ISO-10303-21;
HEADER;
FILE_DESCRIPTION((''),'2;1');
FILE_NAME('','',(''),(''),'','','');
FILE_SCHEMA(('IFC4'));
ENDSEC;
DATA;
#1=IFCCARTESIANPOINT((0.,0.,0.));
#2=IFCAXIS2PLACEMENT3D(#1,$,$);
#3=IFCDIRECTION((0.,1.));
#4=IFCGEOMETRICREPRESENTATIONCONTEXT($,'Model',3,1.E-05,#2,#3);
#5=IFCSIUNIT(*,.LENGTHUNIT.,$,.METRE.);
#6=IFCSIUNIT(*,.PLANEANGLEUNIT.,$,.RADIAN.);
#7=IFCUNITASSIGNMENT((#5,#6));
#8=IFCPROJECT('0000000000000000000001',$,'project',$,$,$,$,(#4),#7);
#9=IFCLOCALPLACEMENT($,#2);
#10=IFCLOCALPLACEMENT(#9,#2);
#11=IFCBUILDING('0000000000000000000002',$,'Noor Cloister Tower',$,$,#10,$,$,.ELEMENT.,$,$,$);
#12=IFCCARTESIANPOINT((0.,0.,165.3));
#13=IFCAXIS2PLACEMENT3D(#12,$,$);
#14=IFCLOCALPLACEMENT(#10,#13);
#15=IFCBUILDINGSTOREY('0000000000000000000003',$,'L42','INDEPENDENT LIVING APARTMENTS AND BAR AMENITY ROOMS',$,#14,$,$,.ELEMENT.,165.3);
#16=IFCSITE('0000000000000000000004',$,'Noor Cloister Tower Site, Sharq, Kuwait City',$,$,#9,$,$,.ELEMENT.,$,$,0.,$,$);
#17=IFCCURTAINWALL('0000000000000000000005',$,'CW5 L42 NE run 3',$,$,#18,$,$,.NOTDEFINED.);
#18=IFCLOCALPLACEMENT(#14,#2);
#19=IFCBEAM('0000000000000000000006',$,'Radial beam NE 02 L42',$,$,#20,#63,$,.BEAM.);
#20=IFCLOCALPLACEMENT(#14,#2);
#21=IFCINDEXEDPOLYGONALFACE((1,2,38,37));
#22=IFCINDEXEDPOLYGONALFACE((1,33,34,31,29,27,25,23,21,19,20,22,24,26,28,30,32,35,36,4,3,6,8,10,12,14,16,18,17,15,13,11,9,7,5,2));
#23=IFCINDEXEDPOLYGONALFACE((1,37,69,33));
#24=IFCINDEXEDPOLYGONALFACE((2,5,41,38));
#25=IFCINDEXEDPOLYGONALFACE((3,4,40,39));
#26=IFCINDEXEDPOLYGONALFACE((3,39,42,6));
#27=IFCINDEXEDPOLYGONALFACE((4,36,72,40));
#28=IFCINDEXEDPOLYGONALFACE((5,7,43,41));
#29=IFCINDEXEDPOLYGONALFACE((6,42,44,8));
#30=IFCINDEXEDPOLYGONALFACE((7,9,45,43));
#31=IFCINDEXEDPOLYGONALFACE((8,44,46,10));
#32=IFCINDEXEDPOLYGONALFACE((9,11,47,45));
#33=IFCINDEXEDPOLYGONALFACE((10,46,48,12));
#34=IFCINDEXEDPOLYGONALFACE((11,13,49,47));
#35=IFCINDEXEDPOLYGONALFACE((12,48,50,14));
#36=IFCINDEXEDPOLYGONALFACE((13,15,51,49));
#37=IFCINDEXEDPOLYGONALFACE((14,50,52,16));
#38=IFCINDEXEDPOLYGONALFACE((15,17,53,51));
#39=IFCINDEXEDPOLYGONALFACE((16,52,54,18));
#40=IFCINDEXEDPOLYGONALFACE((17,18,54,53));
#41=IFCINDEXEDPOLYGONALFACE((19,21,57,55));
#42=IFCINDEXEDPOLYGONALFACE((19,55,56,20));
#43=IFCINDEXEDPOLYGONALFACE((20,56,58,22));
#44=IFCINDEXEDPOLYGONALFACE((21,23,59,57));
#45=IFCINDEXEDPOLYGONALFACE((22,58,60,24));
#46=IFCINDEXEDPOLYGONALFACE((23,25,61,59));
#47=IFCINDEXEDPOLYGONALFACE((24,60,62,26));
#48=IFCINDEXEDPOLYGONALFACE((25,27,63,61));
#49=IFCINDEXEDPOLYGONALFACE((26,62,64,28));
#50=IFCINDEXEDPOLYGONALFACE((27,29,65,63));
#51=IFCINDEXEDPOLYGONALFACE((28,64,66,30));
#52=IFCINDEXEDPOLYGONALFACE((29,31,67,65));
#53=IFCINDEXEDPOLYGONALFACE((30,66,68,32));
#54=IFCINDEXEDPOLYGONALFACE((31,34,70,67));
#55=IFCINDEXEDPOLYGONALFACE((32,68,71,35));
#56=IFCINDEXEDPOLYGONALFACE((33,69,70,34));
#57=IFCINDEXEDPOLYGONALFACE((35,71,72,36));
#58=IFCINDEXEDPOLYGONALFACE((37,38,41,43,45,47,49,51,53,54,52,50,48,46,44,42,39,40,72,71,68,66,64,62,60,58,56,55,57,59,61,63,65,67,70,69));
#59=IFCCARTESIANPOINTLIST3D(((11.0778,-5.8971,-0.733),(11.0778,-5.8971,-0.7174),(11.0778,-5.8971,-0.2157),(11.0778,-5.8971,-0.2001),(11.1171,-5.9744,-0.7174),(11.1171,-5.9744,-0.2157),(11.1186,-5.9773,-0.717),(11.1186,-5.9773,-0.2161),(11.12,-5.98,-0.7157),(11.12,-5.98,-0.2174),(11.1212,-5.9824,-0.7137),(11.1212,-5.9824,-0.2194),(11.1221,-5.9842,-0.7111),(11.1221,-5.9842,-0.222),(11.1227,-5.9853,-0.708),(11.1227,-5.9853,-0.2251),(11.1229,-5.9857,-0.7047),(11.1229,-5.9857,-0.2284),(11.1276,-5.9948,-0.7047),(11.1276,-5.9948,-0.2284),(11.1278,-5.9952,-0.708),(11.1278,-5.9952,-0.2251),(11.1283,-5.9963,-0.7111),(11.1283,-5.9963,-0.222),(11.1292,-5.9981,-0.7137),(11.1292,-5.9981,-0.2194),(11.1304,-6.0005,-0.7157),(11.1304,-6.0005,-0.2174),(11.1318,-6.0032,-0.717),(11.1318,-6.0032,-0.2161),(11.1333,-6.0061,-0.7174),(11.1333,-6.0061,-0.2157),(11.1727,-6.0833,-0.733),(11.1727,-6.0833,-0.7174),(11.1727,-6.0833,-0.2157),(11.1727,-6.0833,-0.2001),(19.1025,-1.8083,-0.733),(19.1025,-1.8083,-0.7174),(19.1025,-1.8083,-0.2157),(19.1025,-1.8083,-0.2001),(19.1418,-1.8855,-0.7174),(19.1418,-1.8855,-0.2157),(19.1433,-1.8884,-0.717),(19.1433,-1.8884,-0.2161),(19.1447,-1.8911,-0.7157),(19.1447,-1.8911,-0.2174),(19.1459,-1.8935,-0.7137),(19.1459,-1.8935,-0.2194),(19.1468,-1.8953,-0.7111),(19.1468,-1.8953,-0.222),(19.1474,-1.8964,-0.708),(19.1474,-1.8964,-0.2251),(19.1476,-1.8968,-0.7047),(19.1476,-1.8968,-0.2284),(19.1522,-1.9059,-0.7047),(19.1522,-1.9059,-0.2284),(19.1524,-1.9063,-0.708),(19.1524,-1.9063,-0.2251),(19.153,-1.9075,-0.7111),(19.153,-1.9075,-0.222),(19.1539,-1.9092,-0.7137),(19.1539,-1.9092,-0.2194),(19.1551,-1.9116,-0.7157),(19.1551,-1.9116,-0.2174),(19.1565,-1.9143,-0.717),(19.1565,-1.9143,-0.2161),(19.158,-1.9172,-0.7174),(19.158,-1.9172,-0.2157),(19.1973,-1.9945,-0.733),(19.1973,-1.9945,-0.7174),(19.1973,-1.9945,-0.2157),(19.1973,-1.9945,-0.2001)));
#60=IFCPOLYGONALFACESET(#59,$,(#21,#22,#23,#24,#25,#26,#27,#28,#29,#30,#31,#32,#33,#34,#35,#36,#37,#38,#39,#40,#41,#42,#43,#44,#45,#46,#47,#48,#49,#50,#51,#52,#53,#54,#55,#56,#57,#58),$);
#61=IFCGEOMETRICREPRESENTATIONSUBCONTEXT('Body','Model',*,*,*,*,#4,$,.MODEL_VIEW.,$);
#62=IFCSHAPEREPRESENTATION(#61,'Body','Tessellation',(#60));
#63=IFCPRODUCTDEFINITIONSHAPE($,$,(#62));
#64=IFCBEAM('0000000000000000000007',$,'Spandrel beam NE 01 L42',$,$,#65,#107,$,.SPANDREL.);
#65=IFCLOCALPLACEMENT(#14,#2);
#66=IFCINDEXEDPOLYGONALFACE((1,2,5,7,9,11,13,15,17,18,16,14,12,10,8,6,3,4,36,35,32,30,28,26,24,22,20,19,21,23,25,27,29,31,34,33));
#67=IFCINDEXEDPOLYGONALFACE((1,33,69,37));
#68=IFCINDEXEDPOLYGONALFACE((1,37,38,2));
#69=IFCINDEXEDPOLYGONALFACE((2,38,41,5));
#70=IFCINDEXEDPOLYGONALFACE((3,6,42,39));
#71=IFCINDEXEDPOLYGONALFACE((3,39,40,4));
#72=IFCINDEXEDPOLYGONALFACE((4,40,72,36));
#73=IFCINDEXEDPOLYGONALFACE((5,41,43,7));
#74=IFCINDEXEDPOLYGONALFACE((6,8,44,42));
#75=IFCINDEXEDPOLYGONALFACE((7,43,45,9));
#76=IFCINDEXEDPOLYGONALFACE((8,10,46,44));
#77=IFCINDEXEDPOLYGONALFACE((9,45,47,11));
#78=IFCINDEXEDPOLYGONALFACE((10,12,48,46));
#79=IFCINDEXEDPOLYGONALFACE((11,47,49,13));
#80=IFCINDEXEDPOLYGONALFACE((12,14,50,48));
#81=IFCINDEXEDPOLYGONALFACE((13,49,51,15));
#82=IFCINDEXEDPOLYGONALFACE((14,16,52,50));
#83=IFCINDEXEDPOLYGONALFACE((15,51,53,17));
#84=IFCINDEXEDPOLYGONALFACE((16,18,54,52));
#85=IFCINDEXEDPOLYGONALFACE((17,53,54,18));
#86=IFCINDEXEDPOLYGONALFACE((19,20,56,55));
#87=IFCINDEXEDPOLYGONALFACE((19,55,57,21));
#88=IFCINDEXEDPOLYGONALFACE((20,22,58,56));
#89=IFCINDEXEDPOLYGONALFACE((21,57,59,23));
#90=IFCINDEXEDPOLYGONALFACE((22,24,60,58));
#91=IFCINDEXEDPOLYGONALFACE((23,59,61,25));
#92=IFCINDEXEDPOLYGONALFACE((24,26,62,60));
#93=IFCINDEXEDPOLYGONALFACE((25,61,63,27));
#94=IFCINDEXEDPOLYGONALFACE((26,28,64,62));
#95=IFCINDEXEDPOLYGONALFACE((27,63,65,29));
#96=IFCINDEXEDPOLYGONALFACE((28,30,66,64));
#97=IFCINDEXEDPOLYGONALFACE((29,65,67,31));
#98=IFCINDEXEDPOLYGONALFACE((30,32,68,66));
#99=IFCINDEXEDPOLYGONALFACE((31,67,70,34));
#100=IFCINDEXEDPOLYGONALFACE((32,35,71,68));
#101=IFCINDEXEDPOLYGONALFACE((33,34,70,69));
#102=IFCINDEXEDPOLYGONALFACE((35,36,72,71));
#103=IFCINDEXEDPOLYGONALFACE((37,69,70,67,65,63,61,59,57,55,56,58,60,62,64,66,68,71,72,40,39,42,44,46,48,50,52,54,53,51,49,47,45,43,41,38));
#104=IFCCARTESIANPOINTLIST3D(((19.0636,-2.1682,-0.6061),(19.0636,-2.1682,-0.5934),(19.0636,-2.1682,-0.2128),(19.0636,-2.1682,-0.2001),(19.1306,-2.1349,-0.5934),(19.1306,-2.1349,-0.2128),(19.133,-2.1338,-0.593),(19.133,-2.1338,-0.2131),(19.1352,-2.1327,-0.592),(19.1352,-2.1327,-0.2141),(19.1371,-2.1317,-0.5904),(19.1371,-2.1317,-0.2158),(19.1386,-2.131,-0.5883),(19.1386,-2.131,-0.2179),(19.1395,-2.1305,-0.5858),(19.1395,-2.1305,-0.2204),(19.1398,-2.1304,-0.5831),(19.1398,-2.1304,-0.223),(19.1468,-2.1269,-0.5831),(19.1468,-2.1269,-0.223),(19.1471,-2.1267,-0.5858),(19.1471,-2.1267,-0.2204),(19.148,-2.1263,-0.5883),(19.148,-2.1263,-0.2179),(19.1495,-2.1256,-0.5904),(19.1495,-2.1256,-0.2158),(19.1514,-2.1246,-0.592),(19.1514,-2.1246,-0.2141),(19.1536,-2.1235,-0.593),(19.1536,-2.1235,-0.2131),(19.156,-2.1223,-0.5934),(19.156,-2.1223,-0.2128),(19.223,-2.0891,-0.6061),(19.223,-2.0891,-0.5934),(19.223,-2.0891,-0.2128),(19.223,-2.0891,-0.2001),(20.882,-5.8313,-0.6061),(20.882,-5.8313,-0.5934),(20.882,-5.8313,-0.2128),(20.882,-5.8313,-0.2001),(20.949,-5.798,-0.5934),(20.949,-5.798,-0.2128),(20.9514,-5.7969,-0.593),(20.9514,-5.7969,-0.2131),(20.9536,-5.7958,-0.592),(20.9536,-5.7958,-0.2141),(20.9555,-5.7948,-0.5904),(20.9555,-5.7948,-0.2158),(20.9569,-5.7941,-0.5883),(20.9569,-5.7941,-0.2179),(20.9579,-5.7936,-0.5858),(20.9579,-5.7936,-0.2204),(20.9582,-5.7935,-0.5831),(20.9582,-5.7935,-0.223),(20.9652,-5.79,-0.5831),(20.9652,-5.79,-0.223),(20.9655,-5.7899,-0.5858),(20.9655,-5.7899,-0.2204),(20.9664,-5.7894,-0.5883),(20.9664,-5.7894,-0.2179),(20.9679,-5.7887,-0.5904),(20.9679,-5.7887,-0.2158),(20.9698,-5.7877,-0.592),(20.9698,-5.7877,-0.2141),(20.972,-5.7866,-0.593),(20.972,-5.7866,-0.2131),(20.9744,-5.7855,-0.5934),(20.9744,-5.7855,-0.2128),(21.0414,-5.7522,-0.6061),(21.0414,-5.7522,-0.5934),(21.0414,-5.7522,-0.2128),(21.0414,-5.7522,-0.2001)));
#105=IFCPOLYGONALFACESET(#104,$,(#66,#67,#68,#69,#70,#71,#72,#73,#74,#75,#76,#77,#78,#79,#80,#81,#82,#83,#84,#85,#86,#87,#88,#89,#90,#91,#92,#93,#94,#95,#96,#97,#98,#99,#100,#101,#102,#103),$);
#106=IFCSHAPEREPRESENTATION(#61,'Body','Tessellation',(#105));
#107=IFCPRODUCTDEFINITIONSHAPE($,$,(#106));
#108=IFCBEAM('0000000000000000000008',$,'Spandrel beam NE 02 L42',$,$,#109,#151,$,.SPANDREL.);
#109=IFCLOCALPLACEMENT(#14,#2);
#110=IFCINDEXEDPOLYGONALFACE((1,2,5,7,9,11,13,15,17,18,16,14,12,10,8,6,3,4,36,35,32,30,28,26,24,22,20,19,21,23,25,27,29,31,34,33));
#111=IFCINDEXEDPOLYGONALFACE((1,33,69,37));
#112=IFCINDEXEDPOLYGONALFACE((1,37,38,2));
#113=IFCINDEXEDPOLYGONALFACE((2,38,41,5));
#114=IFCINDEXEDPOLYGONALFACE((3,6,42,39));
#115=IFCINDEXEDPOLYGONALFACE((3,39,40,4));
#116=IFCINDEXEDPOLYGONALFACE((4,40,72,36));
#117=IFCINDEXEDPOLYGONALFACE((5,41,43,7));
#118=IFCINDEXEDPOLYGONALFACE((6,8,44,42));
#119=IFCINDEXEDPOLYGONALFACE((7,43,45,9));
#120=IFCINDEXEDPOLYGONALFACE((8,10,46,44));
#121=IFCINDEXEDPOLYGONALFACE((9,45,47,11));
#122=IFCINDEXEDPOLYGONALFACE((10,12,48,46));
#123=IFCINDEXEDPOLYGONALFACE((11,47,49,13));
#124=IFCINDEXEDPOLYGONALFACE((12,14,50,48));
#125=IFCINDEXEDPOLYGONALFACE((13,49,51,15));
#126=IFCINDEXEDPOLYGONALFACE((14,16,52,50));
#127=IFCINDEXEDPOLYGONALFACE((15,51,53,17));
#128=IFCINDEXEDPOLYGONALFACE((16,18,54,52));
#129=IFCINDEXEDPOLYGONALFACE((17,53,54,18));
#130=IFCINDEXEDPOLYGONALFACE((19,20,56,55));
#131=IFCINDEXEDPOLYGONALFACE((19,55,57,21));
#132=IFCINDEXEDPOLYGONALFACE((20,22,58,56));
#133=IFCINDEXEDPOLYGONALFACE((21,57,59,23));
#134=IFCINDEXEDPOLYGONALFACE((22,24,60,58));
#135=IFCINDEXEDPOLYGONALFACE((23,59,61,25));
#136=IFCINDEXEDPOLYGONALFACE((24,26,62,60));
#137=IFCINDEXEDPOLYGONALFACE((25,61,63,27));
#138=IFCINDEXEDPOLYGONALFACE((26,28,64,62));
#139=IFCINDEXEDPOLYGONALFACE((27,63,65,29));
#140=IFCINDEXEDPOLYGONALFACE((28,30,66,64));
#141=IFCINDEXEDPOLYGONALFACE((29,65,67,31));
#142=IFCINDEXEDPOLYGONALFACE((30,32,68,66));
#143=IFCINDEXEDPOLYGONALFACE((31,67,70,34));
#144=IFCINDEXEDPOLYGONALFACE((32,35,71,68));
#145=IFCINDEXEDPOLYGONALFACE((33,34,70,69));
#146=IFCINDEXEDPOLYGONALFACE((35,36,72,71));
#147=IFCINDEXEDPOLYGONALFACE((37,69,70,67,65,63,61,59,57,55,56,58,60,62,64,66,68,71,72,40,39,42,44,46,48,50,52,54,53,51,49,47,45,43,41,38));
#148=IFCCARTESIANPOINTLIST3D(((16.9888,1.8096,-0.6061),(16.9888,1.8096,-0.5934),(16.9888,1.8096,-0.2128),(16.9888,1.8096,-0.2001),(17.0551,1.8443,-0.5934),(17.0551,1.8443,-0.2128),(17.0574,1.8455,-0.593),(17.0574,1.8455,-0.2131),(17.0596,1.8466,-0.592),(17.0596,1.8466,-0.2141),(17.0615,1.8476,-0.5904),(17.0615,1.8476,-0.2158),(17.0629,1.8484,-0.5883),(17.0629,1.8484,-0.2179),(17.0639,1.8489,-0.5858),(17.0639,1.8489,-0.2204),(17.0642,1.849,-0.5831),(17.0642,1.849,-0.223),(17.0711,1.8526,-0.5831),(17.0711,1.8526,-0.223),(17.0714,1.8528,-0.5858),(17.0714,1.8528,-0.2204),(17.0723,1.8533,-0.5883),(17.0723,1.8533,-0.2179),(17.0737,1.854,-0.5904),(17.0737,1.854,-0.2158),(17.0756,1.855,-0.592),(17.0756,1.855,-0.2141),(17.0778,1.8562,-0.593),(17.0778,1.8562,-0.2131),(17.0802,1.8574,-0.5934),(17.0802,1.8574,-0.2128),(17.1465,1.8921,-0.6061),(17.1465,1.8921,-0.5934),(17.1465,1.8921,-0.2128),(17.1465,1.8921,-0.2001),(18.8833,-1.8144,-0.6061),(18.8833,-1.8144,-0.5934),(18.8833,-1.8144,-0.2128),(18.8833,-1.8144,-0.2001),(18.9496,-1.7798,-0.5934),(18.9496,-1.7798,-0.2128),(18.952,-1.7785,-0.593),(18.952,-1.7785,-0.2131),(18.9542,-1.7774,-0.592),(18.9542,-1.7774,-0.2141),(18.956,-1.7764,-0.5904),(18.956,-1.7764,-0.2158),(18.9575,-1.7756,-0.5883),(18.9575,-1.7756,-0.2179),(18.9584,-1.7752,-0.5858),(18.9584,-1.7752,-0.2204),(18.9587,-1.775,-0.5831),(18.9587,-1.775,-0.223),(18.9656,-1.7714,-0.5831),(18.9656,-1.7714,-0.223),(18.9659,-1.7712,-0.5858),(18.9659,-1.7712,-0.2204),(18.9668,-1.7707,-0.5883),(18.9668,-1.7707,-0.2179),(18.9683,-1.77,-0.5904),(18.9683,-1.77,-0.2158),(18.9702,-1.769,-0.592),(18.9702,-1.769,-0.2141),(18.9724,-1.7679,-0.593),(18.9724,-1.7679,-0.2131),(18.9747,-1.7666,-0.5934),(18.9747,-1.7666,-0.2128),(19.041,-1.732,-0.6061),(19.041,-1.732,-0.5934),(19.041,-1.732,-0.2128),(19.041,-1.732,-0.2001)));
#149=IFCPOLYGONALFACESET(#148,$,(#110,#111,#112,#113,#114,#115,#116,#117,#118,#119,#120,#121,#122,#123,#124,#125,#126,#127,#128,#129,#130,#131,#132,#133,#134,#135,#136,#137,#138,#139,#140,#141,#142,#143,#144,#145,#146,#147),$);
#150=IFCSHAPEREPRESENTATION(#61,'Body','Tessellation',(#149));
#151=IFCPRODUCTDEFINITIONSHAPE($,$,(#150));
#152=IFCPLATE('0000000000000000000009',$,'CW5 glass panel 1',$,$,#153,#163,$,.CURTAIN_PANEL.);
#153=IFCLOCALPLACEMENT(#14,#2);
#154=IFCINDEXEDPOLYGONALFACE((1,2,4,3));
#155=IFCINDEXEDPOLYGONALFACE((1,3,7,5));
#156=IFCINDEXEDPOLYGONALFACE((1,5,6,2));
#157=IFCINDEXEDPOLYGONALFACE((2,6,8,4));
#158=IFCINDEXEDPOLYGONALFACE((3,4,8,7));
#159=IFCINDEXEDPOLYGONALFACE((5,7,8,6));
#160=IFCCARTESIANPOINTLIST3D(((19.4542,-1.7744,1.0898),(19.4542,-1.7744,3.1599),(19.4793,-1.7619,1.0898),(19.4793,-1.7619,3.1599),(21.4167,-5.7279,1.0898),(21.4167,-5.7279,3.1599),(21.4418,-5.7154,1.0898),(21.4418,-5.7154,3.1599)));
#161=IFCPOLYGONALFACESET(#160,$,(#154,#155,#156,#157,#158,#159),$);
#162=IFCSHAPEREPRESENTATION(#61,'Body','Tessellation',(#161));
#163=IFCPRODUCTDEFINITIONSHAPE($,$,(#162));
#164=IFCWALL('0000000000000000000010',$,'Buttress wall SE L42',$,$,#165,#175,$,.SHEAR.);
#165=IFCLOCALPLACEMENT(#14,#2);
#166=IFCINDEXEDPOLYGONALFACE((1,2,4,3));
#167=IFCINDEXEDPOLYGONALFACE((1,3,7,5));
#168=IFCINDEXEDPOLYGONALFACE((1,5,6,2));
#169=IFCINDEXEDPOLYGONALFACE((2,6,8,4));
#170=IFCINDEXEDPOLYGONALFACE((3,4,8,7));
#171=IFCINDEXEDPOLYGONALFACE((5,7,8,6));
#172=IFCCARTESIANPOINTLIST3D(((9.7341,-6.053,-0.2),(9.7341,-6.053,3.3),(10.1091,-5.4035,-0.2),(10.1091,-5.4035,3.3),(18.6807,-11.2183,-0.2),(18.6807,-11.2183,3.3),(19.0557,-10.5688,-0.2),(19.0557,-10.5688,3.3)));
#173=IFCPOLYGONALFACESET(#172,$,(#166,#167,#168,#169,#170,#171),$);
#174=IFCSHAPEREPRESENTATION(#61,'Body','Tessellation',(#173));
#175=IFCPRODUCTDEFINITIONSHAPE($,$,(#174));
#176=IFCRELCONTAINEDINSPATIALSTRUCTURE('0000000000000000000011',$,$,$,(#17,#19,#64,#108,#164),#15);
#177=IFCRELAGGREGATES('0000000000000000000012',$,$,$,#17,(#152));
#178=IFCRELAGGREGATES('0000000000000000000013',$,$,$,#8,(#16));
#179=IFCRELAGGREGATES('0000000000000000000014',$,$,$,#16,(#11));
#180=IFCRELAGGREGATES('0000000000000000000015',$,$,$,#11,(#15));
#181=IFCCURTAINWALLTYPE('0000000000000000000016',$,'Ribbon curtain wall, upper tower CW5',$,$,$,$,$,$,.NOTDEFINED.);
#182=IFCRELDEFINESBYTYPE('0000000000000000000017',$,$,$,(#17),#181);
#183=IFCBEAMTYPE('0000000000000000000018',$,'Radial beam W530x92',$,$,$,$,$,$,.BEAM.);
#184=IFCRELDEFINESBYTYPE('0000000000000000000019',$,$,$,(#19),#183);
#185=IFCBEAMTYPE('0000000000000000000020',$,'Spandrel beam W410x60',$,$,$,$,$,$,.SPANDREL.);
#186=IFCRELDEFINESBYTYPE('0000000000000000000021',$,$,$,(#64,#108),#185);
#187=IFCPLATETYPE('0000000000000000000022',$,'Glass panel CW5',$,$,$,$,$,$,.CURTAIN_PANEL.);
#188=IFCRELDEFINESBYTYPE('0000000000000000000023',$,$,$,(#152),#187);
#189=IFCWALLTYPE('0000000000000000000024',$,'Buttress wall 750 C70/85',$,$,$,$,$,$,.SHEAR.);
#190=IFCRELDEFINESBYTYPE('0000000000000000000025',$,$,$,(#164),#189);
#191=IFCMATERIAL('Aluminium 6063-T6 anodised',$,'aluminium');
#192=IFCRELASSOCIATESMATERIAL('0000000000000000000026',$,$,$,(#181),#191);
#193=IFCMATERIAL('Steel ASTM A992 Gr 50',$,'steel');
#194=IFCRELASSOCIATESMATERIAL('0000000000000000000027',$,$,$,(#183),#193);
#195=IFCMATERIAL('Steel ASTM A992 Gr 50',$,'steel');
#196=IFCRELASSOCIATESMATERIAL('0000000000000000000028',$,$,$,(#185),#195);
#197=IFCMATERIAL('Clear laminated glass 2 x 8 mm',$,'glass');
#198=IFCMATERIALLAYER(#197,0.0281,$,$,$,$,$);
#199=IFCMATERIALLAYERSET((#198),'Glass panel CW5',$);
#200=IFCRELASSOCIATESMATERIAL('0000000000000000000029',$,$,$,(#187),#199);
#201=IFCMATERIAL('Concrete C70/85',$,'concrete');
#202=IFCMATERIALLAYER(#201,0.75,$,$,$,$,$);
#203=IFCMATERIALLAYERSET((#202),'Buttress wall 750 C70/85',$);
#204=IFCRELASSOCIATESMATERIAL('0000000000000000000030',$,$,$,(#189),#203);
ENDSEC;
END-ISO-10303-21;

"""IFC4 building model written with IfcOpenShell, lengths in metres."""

from ifc_helpers import new_model, si_unit, direction, frame, frame_2d, origin, origin_2d, place, context, subcontext, project, spatial, rectangle, i_section, extrude, material, layer, layer_set, material_profile, profile_set, type_object, element, aggregate, save


model = new_model("IFC4")

# Units and contexts
model_context = context("Model", 3, precision=1e-05, world=origin(), true_north=direction((0.0, 1.0)))
body_context = subcontext(model_context, "Body", "Model", "MODEL_VIEW")
ifc_project = project(units=[si_unit("LENGTHUNIT", "METRE"), si_unit("PLANEANGLEUNIT", "RADIAN")], contexts=[model_context])

# Site, building, storey
site_placement = place(None, origin())
site = spatial("IfcSite", under=ifc_project, at=site_placement, Name="Noor Cloister Tower Site, Sharq, Kuwait City", CompositionType="ELEMENT", RefElevation=0.0)
building_placement = place(site_placement, origin())
building = spatial("IfcBuilding", under=site, at=building_placement, Name="Noor Cloister Tower", CompositionType="ELEMENT")
storey_placement = place(building_placement, frame((0.0, 0.0, 165.3)))
storey = spatial("IfcBuildingStorey", under=building, at=storey_placement, Name="L42", Description="INDEPENDENT LIVING APARTMENTS AND BAR AMENITY ROOMS", CompositionType="ELEMENT", Elevation=165.3)

# Curtain wall
ifc_material_1 = material(Name="Aluminium 6063-T6 anodised", Category="aluminium")
curtain_wall_type = type_object("IfcCurtainWallType", Name="Ribbon curtain wall, upper tower CW5", PredefinedType="NOTDEFINED", material=ifc_material_1)
curtain_wall_placement = place(storey_placement, origin())
curtain_wall = element("IfcCurtainWall", 1, at=curtain_wall_placement, inside=storey, type_object=curtain_wall_type, Name="CW5 L42 NE run 3", PredefinedType="NOTDEFINED")

# Beams
ifc_material_2 = material(Name="Steel ASTM A992 Gr 50", Category="steel")
ifc_material_profile_1 = material_profile(ifc_material_2, i_section(OverallWidth=0.209, OverallDepth=0.533, WebThickness=0.0103, FlangeThickness=0.0156, FilletRadius=0.0127, at=origin_2d()), Name="W530x92")
ifc_profile_set_1 = profile_set([ifc_material_profile_1], Name="Steel ASTM A992 Gr 50")
beam_type_1 = type_object("IfcBeamType", Name="Radial beam W530x92", PredefinedType="BEAM", material=ifc_profile_set_1)
beam_1_placement = place(storey_placement, frame((19.1499, -1.9014, -0.4666), z_axis=(-0.891002, -0.453999, 0.0), x_axis=(0.453999, -0.891002, 0.0)))
element("IfcBeam", 2, at=beam_1_placement, inside=storey, type_object=beam_type_1, Name="Radial beam NE 02 L42", PredefinedType="BEAM", context=body_context, shape_type="SweptSolid", body=[
    extrude(i_section(OverallWidth=0.209, OverallDepth=0.533, WebThickness=0.0103, FlangeThickness=0.0156, FilletRadius=0.0127, at=origin_2d()), origin(), (0.0, 0.0, 1.0), 9.0063),
])
ifc_material_3 = material(Name="Steel ASTM A992 Gr 50", Category="steel")
ifc_material_profile_2 = material_profile(ifc_material_3, i_section(OverallWidth=0.178, OverallDepth=0.406, WebThickness=0.0078, FlangeThickness=0.0127, FilletRadius=0.0103, at=origin_2d()), Name="W410x60")
ifc_profile_set_2 = profile_set([ifc_material_profile_2], Name="Steel ASTM A992 Gr 50")
beam_type_2 = type_object("IfcBeamType", Name="Spandrel beam W410x60", PredefinedType="SPANDREL", material=ifc_profile_set_2)
beam_2_placement = place(storey_placement, frame((20.9617, -5.7917, -0.4031), z_axis=(-0.444633, 0.895713, 0.0), x_axis=(-0.895713, -0.444633, 0.0)))
element("IfcBeam", 3, at=beam_2_placement, inside=storey, type_object=beam_type_2, Name="Spandrel beam NE 01 L42", PredefinedType="SPANDREL", context=body_context, shape_type="SweptSolid", body=[
    extrude(i_section(OverallWidth=0.178, OverallDepth=0.406, WebThickness=0.0078, FlangeThickness=0.0127, FilletRadius=0.0103, at=origin_2d()), origin(), (0.0, 0.0, 1.0), 4.0896),
])
beam_3_placement = place(storey_placement, frame((18.9622, -1.7732, -0.4031), z_axis=(-0.463284, 0.88621, 0.0), x_axis=(-0.88621, -0.463284, 0.0)))
element("IfcBeam", 4, at=beam_3_placement, inside=storey, type_object=beam_type_2, Name="Spandrel beam NE 02 L42", PredefinedType="SPANDREL", context=body_context, shape_type="SweptSolid", body=[
    extrude(i_section(OverallWidth=0.178, OverallDepth=0.406, WebThickness=0.0078, FlangeThickness=0.0127, FilletRadius=0.0103, at=origin_2d()), origin(), (0.0, 0.0, 1.0), 4.0894),
])

# Plate
ifc_material_4 = material(Name="Clear laminated glass 2 x 8 mm", Category="glass")
ifc_layer_1 = layer(ifc_material_4, 0.0281)
ifc_layer_set_1 = layer_set([ifc_layer_1], Name="Glass panel CW5")
plate_type = type_object("IfcPlateType", Name="Glass panel CW5", PredefinedType="CURTAIN_PANEL", material=ifc_layer_set_1)
plate_placement = place(storey_placement, frame((20.448, -3.7449, 1.0898), z_axis=(0.0, 0.0, 1.0), x_axis=(-0.444629, 0.895715, 0.0)))
plate = element("IfcPlate", 5, at=plate_placement, type_object=plate_type, Name="CW5 glass panel 1", PredefinedType="CURTAIN_PANEL", context=body_context, shape_type="SweptSolid", body=[
    extrude(rectangle(XDim=4.4138, YDim=0.0281, at=origin_2d()), origin(), (0.0, 0.0, 1.0), 2.0701),
])
aggregate(curtain_wall, [plate])

# Wall
ifc_material_5 = material(Name="Concrete C70/85", Category="concrete")
ifc_layer_2 = layer(ifc_material_5, 0.75)
ifc_layer_set_2 = layer_set([ifc_layer_2], Name="Buttress wall 750 C70/85")
wall_type_1 = type_object("IfcWallType", Name="Buttress wall 750 C70/85", PredefinedType="SHEAR", material=ifc_layer_set_2)
wall_1_placement = place(storey_placement, frame((9.9216, -5.7283, -0.2), z_axis=(0.0, 0.0, 1.0), x_axis=(0.866025, -0.5, 0.0)))
element("IfcWall", 6, at=wall_1_placement, inside=storey, type_object=wall_type_1, Name="Buttress wall SE L42", PredefinedType="SHEAR", context=body_context, shape_type="SweptSolid", body=[
    extrude(rectangle(XDim=10.3306, YDim=0.75, at=frame_2d((5.1653, 0.0))), origin(), (0.0, 0.0, 1.0), 3.5),
])

save(model, "model.ifc")
